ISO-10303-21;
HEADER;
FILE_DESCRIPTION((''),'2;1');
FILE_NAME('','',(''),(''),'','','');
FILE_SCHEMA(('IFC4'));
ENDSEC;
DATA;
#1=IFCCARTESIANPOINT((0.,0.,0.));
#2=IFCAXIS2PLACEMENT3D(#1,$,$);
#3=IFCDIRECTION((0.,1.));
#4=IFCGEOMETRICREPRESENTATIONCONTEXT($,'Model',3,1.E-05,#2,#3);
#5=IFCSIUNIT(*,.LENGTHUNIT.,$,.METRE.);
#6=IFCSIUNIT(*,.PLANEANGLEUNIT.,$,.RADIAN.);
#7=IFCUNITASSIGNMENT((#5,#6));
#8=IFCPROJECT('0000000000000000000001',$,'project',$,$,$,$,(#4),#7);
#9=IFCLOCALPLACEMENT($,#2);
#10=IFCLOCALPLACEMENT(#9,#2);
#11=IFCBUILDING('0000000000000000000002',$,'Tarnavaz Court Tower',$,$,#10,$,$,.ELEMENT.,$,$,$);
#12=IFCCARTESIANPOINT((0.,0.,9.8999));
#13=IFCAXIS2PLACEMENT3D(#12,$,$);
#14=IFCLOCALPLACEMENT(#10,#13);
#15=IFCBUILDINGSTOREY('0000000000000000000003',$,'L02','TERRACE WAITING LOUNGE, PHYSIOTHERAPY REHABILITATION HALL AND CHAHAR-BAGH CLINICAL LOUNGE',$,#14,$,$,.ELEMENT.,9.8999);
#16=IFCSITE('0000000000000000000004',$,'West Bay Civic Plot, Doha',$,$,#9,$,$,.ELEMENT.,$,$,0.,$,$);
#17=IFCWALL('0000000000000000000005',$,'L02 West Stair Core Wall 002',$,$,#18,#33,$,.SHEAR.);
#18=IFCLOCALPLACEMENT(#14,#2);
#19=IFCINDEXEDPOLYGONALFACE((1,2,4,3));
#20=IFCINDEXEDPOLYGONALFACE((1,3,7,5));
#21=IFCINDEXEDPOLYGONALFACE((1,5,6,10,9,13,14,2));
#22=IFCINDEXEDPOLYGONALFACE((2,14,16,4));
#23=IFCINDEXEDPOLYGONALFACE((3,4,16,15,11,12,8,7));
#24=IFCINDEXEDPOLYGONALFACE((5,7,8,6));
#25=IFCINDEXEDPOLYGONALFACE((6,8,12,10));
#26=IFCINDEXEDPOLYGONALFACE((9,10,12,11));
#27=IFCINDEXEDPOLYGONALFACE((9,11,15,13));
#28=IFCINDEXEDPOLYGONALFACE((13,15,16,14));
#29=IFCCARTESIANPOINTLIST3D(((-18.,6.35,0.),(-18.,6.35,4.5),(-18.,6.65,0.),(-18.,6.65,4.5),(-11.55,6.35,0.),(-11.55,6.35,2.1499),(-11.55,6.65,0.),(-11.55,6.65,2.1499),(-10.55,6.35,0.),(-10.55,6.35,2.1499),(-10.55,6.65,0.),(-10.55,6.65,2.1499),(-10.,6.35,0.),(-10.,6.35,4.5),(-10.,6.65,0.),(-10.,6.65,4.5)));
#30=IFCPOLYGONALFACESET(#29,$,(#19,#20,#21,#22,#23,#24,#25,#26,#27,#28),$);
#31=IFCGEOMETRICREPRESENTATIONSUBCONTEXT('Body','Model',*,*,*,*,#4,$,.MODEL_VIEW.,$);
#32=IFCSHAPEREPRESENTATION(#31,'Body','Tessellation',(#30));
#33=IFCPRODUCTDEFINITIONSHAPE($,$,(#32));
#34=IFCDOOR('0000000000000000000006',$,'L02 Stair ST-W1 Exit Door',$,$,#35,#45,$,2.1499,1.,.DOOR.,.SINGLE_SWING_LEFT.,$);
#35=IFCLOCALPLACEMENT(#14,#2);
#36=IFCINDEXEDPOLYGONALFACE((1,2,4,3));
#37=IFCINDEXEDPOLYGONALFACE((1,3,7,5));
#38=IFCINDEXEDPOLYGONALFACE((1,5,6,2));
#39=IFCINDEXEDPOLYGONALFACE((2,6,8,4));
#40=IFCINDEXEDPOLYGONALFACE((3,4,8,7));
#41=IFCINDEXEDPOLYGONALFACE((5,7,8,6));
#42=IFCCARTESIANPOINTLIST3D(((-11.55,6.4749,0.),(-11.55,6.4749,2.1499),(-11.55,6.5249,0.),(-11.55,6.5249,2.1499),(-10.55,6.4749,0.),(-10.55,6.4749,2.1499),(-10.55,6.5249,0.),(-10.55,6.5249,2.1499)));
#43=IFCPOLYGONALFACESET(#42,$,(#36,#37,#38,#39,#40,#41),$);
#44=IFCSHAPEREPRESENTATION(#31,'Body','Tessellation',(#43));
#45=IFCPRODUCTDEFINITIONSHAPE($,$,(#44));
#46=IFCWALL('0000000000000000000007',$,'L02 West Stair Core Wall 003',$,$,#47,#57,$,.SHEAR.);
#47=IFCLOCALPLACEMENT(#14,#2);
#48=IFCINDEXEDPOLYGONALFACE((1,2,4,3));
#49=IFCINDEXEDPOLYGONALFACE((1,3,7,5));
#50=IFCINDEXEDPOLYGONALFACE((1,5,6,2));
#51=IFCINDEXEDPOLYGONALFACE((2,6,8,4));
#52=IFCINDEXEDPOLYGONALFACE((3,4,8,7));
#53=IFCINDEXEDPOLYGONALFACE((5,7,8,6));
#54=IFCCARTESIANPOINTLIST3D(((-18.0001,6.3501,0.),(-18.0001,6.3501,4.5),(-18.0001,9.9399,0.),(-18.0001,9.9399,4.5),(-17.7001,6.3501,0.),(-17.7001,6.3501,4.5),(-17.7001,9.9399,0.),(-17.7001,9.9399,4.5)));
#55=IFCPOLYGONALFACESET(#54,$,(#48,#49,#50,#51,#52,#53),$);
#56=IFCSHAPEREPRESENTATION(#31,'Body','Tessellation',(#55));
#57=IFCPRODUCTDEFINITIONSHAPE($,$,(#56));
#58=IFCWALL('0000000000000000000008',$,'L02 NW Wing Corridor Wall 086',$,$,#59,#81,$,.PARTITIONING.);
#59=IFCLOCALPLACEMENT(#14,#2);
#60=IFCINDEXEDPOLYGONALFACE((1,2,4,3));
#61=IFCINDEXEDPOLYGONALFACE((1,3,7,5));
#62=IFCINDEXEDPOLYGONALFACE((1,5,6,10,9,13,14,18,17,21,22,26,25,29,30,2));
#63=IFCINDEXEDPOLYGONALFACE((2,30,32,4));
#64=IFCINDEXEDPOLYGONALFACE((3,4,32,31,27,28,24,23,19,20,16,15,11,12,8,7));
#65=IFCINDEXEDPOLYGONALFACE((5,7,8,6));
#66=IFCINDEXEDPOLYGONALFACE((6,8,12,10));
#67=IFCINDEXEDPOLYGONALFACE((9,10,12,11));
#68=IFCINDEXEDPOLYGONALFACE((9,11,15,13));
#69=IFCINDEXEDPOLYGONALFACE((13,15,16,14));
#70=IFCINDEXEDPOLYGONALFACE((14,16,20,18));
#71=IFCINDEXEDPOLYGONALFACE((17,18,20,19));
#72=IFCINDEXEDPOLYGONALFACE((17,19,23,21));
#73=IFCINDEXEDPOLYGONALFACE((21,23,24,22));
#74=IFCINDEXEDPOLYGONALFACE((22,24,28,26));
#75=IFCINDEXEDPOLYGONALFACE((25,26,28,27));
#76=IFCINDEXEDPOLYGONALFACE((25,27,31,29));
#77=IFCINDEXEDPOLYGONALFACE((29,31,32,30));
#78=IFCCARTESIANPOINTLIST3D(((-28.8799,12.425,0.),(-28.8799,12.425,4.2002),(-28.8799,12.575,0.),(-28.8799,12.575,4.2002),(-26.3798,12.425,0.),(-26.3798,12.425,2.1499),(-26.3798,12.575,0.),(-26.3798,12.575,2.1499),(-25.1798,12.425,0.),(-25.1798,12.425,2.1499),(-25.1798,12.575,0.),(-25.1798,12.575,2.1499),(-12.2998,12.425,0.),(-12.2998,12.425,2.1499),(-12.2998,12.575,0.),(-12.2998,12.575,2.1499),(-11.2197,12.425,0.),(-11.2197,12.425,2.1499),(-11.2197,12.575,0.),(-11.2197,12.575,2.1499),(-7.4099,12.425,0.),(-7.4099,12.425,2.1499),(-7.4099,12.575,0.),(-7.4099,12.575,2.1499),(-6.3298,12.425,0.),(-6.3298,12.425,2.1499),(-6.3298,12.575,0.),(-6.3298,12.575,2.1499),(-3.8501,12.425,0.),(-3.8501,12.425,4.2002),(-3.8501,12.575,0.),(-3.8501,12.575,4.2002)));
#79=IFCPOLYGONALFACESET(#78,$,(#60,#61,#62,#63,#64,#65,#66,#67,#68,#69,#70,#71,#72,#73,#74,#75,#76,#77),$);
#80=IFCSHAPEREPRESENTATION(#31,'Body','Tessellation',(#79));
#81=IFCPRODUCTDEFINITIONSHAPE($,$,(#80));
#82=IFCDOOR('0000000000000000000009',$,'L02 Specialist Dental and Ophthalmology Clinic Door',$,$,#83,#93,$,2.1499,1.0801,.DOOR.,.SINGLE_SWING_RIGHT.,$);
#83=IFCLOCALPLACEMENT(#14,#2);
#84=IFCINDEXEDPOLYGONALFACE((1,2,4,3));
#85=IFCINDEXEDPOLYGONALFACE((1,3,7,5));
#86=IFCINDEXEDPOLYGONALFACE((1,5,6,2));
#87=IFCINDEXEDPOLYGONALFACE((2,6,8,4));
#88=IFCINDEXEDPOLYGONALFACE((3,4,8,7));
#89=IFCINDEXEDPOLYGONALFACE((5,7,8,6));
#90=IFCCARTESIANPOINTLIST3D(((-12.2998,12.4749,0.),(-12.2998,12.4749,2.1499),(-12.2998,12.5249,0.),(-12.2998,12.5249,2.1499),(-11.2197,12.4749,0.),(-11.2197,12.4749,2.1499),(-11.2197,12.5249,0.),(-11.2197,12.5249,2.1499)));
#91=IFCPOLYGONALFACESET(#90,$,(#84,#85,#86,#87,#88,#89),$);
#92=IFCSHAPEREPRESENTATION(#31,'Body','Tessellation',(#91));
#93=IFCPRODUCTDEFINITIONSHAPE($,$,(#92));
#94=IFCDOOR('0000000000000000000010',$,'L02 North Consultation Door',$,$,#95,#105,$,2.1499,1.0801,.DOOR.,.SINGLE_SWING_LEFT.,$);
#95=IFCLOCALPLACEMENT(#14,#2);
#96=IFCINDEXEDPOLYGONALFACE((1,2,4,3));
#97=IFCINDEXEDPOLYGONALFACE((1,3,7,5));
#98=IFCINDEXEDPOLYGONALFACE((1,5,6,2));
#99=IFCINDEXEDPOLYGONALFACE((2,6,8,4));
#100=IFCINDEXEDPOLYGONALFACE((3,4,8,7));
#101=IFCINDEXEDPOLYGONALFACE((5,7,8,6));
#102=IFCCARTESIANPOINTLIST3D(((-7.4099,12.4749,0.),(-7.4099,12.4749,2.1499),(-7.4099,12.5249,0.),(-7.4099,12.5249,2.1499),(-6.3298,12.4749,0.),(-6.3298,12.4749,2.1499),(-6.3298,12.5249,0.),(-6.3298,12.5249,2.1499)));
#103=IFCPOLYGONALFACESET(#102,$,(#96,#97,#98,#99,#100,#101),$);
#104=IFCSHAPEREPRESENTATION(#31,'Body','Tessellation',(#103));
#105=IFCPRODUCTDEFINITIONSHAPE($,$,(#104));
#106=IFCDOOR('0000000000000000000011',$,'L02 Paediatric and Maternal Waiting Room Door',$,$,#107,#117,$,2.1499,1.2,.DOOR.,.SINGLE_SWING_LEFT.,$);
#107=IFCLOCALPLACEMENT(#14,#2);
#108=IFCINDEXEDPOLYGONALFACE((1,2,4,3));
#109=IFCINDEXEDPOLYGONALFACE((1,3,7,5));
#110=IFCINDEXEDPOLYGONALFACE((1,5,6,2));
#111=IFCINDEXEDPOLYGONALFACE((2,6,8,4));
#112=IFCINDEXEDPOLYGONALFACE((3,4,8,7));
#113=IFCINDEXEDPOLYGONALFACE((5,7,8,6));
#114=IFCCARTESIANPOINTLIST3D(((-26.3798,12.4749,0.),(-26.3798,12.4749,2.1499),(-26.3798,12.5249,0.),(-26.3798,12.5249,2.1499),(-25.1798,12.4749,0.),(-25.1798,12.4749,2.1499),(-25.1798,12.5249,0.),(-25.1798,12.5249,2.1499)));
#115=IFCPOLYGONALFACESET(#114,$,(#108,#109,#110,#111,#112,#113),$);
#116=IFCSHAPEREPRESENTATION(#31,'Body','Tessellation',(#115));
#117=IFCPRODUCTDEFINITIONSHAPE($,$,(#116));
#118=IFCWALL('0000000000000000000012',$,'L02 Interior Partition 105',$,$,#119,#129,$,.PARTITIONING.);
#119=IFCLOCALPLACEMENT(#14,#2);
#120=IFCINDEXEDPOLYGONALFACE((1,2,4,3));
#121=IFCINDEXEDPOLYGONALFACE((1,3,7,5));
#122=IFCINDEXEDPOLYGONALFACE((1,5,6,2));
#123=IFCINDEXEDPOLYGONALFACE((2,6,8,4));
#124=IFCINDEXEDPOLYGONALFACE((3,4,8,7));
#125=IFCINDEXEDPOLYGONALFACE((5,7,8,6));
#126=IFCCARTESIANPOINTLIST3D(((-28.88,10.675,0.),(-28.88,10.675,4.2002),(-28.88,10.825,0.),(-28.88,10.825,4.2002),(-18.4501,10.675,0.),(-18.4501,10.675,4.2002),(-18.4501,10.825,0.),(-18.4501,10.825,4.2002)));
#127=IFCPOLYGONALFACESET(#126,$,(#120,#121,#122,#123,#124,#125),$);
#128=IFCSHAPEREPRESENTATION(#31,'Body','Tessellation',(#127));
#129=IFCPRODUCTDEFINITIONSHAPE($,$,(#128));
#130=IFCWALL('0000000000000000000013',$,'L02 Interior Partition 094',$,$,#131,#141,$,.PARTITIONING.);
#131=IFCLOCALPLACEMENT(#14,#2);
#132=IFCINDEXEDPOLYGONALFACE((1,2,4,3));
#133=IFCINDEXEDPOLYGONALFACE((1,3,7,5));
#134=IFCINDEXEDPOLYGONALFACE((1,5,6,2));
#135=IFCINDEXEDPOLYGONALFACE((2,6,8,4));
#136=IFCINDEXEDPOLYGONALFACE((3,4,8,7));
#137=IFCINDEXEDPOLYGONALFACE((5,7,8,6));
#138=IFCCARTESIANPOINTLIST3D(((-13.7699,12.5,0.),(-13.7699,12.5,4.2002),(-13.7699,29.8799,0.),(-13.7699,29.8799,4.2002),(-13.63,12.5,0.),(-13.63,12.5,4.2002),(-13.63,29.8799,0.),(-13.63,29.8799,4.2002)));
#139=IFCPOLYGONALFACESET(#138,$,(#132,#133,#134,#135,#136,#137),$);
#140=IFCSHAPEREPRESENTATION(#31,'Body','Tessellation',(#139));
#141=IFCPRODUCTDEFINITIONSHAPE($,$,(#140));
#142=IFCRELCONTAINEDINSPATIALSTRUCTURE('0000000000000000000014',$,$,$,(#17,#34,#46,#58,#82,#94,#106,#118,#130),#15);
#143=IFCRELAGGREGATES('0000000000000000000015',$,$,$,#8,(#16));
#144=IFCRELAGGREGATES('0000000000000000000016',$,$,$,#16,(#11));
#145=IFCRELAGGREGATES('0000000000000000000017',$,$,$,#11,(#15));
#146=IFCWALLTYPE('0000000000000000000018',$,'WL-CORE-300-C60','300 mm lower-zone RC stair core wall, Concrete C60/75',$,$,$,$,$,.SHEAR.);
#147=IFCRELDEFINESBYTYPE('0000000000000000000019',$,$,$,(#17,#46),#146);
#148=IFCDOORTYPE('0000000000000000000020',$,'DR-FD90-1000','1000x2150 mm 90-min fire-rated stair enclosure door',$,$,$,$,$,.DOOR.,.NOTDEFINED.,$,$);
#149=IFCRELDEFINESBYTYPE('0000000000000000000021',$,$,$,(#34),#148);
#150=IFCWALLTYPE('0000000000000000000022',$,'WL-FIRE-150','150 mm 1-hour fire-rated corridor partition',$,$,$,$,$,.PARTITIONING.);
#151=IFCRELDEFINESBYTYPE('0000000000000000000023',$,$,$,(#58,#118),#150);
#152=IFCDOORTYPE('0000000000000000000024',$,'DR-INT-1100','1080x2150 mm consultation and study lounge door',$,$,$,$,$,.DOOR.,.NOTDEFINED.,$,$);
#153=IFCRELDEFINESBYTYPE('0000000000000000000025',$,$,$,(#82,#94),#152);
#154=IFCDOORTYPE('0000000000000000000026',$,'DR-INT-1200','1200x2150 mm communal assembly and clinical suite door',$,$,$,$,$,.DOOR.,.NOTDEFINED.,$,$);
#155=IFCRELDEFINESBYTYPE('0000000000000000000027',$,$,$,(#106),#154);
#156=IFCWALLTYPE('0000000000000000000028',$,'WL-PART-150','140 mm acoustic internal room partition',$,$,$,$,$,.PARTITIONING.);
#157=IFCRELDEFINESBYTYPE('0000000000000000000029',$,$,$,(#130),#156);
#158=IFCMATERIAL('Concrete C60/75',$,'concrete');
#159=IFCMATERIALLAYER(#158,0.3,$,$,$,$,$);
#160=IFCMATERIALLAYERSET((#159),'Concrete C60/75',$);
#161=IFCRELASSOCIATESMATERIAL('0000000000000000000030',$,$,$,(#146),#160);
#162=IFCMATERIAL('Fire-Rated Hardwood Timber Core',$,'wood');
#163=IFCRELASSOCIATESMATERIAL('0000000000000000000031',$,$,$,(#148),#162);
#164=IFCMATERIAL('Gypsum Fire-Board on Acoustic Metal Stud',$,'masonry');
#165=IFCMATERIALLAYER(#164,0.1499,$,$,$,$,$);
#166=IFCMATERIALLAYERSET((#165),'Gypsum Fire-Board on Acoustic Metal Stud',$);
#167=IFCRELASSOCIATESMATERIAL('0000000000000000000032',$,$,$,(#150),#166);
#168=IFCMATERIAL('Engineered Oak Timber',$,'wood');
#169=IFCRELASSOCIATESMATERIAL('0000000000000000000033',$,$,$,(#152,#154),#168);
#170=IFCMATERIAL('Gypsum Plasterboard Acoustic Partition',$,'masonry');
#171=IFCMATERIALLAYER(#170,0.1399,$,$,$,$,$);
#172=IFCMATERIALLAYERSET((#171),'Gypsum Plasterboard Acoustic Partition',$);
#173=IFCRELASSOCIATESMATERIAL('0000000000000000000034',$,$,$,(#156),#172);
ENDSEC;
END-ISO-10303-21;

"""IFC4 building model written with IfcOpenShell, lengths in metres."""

from ifc_helpers import new_model, si_unit, direction, frame, frame_2d, origin, place, context, subcontext, project, spatial, rectangle, extrude, material, layer, layer_set, type_object, element, fill, save


model = new_model("IFC4")

# Units and contexts
model_context = context("Model", 3, precision=1e-05, world=origin(), true_north=direction((0.0, 1.0)))
body_context = subcontext(model_context, "Body", "Model", "MODEL_VIEW")
ifc_project = project(units=[si_unit("LENGTHUNIT", "METRE"), si_unit("PLANEANGLEUNIT", "RADIAN")], contexts=[model_context])

# Site, building, storey
site_placement = place(None, origin())
site = spatial("IfcSite", under=ifc_project, at=site_placement, Name="West Bay Civic Plot, Doha", CompositionType="ELEMENT", RefElevation=0.0)
building_placement = place(site_placement, origin())
building = spatial("IfcBuilding", under=site, at=building_placement, Name="Tarnavaz Court Tower", CompositionType="ELEMENT")
storey_placement = place(building_placement, frame((0.0, 0.0, 9.8999)))
storey = spatial("IfcBuildingStorey", under=building, at=storey_placement, Name="L02", Description="TERRACE WAITING LOUNGE, PHYSIOTHERAPY REHABILITATION HALL AND CHAHAR-BAGH CLINICAL LOUNGE", CompositionType="ELEMENT", Elevation=9.8999)

# Shared definitions
ifc_material_1 = material(Name="Concrete C60/75", Category="concrete")

# Shared definitions
ifc_layer_1 = layer(ifc_material_1, 0.3)
ifc_layer_set_1 = layer_set([ifc_layer_1], Name="Concrete C60/75")
wall_type_1 = type_object("IfcWallType", Name="WL-CORE-300-C60", Description="300 mm lower-zone RC stair core wall, Concrete C60/75", PredefinedType="SHEAR", material=ifc_layer_set_1)

# Wall, opening, door
wall_1_placement = place(storey_placement, frame((-18.0, 6.5, 0.0), z_axis=(0.0, 0.0, 1.0), x_axis=(1.0, 0.0, 0.0)))
wall_1 = element("IfcWall", 1, at=wall_1_placement, inside=storey, type_object=wall_type_1, Name="L02 West Stair Core Wall 002", PredefinedType="SHEAR", context=body_context, shape_type="SweptSolid", body=[
    extrude(rectangle(XDim=8.0, YDim=0.3, at=frame_2d((4.0, 0.0))), origin(), (0.0, 0.0, 1.0), 4.5),
])
opening_1_placement = place(wall_1_placement, frame((6.45, 0.0, 0.0)))
opening_1 = element("IfcOpeningElement", 2, at=opening_1_placement, cuts=wall_1, PredefinedType="OPENING", context=body_context, shape_type="SweptSolid", body=[
    extrude(rectangle(XDim=1.0, YDim=2.1499, at=frame_2d((0.5, 1.075))), frame((0.0, 0.1599, 0.0), z_axis=(0.0, -1.0, 0.0), x_axis=(1.0, 0.0, 0.0)), (0.0, 0.0, 1.0), 0.3201),
])
ifc_material_2 = material(Name="Fire-Rated Hardwood Timber Core", Category="wood")
door_type_1 = type_object("IfcDoorType", Name="DR-FD90-1000", Description="1000x2150 mm 90-min fire-rated stair enclosure door", OperationType="NOTDEFINED", PredefinedType="DOOR", material=ifc_material_2)
door_1_placement = place(opening_1_placement, origin())
door_1 = element("IfcDoor", 3, at=door_1_placement, inside=storey, type_object=door_type_1, Name="L02 Stair ST-W1 Exit Door", OperationType="SINGLE_SWING_LEFT", OverallHeight=2.1499, OverallWidth=1.0, PredefinedType="DOOR", context=body_context, shape_type="SweptSolid", body=[
    extrude(rectangle(XDim=1.0, YDim=2.1499, at=frame_2d((0.5, 1.075))), frame((0.0, 0.0249, 0.0), z_axis=(0.0, -1.0, 0.0), x_axis=(1.0, 0.0, 0.0)), (0.0, 0.0, 1.0), 0.05),
])
fill(opening_1, door_1)

# Wall
wall_2_placement = place(storey_placement, frame((-17.8501, 6.3501, 0.0), z_axis=(0.0, 0.0, 1.0), x_axis=(0.0, 1.0, 0.0)))
element("IfcWall", 4, at=wall_2_placement, inside=storey, type_object=wall_type_1, Name="L02 West Stair Core Wall 003", PredefinedType="SHEAR", context=body_context, shape_type="SweptSolid", body=[
    extrude(rectangle(XDim=3.5898, YDim=0.3, at=frame_2d((1.7949, 0.0))), origin(), (0.0, 0.0, 1.0), 4.5),
])

# Wall, openings, doors
ifc_material_3 = material(Name="Gypsum Fire-Board on Acoustic Metal Stud", Category="masonry")
ifc_layer_2 = layer(ifc_material_3, 0.1499)
ifc_layer_set_2 = layer_set([ifc_layer_2], Name="Gypsum Fire-Board on Acoustic Metal Stud")
wall_type_2 = type_object("IfcWallType", Name="WL-FIRE-150", Description="150 mm 1-hour fire-rated corridor partition", PredefinedType="PARTITIONING", material=ifc_layer_set_2)
wall_3_placement = place(storey_placement, frame((-28.8799, 12.5, 0.0), z_axis=(0.0, 0.0, 1.0), x_axis=(1.0, 0.0, 0.0)))
wall_3 = element("IfcWall", 5, at=wall_3_placement, inside=storey, type_object=wall_type_2, Name="L02 NW Wing Corridor Wall 086", PredefinedType="PARTITIONING", context=body_context, shape_type="SweptSolid", body=[
    extrude(rectangle(XDim=25.0298, YDim=0.1499, at=frame_2d((12.5149, 0.0))), origin(), (0.0, 0.0, 1.0), 4.2002),
])
opening_2_placement = place(wall_3_placement, frame((2.5, 0.0, 0.0)))
opening_2 = element("IfcOpeningElement", 6, at=opening_2_placement, cuts=wall_3, PredefinedType="OPENING", context=body_context, shape_type="SweptSolid", body=[
    extrude(rectangle(XDim=1.2, YDim=2.1499, at=frame_2d((0.6001, 1.075))), frame((0.0, 0.085, 0.0), z_axis=(0.0, -1.0, 0.0), x_axis=(1.0, 0.0, 0.0)), (0.0, 0.0, 1.0), 0.1699),
])
opening_3_placement = place(wall_3_placement, frame((16.5801, 0.0, 0.0)))
opening_3 = element("IfcOpeningElement", 7, at=opening_3_placement, cuts=wall_3, PredefinedType="OPENING", context=body_context, shape_type="SweptSolid", body=[
    extrude(rectangle(XDim=1.0801, YDim=2.1499, at=frame_2d((0.54, 1.075))), frame((0.0, 0.085, 0.0), z_axis=(0.0, -1.0, 0.0), x_axis=(1.0, 0.0, 0.0)), (0.0, 0.0, 1.0), 0.1699),
])
opening_4_placement = place(wall_3_placement, frame((21.47, 0.0, 0.0)))
opening_4 = element("IfcOpeningElement", 8, at=opening_4_placement, cuts=wall_3, PredefinedType="OPENING", context=body_context, shape_type="SweptSolid", body=[
    extrude(rectangle(XDim=1.0801, YDim=2.1499, at=frame_2d((0.54, 1.075))), frame((0.0, 0.085, 0.0), z_axis=(0.0, -1.0, 0.0), x_axis=(1.0, 0.0, 0.0)), (0.0, 0.0, 1.0), 0.1699),
])
ifc_material_4 = material(Name="Engineered Oak Timber", Category="wood")
door_type_2 = type_object("IfcDoorType", Name="DR-INT-1100", Description="1080x2150 mm consultation and study lounge door", OperationType="NOTDEFINED", PredefinedType="DOOR", material=ifc_material_4)
door_2_placement = place(opening_3_placement, origin())
door_2 = element("IfcDoor", 9, at=door_2_placement, inside=storey, type_object=door_type_2, Name="L02 Specialist Dental and Ophthalmology Clinic Door", OperationType="SINGLE_SWING_RIGHT", OverallHeight=2.1499, OverallWidth=1.0801, PredefinedType="DOOR", context=body_context, shape_type="SweptSolid", body=[
    extrude(rectangle(XDim=1.0801, YDim=2.1499, at=frame_2d((0.54, 1.075))), frame((0.0, 0.0249, 0.0), z_axis=(0.0, -1.0, 0.0), x_axis=(1.0, 0.0, 0.0)), (0.0, 0.0, 1.0), 0.05),
])
fill(opening_3, door_2)
door_3_placement = place(opening_4_placement, origin())
door_3 = element("IfcDoor", 10, at=door_3_placement, inside=storey, type_object=door_type_2, Name="L02 North Consultation Door", OperationType="SINGLE_SWING_LEFT", OverallHeight=2.1499, OverallWidth=1.0801, PredefinedType="DOOR", context=body_context, shape_type="SweptSolid", body=[
    extrude(rectangle(XDim=1.0801, YDim=2.1499, at=frame_2d((0.54, 1.075))), frame((0.0, 0.0249, 0.0), z_axis=(0.0, -1.0, 0.0), x_axis=(1.0, 0.0, 0.0)), (0.0, 0.0, 1.0), 0.05),
])
fill(opening_4, door_3)
door_type_3 = type_object("IfcDoorType", Name="DR-INT-1200", Description="1200x2150 mm communal assembly and clinical suite door", OperationType="NOTDEFINED", PredefinedType="DOOR", material=ifc_material_4)
door_4_placement = place(opening_2_placement, origin())
door_4 = element("IfcDoor", 11, at=door_4_placement, inside=storey, type_object=door_type_3, Name="L02 Paediatric and Maternal Waiting Room Door", OperationType="SINGLE_SWING_LEFT", OverallHeight=2.1499, OverallWidth=1.2, PredefinedType="DOOR", context=body_context, shape_type="SweptSolid", body=[
    extrude(rectangle(XDim=1.2, YDim=2.1499, at=frame_2d((0.6001, 1.075))), frame((0.0, 0.0249, 0.0), z_axis=(0.0, -1.0, 0.0), x_axis=(1.0, 0.0, 0.0)), (0.0, 0.0, 1.0), 0.05),
])
fill(opening_2, door_4)

# Walls
wall_4_placement = place(storey_placement, frame((-28.8799, 10.75, 0.0), z_axis=(0.0, 0.0, 1.0), x_axis=(1.0, 0.0, 0.0)))
element("IfcWall", 12, at=wall_4_placement, inside=storey, type_object=wall_type_2, Name="L02 Interior Partition 105", PredefinedType="PARTITIONING", context=body_context, shape_type="SweptSolid", body=[
    extrude(rectangle(XDim=10.4299, YDim=0.1499, at=frame_2d((5.2148, 0.0))), origin(), (0.0, 0.0, 1.0), 4.2002),
])
ifc_material_5 = material(Name="Gypsum Plasterboard Acoustic Partition", Category="masonry")
ifc_layer_3 = layer(ifc_material_5, 0.1399)
ifc_layer_set_3 = layer_set([ifc_layer_3], Name="Gypsum Plasterboard Acoustic Partition")
wall_type_3 = type_object("IfcWallType", Name="WL-PART-150", Description="140 mm acoustic internal room partition", PredefinedType="PARTITIONING", material=ifc_layer_set_3)
wall_5_placement = place(storey_placement, frame((-13.7, 12.5, 0.0), z_axis=(0.0, 0.0, 1.0), x_axis=(0.0, 1.0, 0.0)))
element("IfcWall", 13, at=wall_5_placement, inside=storey, type_object=wall_type_3, Name="L02 Interior Partition 094", PredefinedType="PARTITIONING", context=body_context, shape_type="SweptSolid", body=[
    extrude(rectangle(XDim=17.3799, YDim=0.1399, at=frame_2d((8.6899, 0.0))), origin(), (0.0, 0.0, 1.0), 4.2002),
])

save(model, "model.ifc")
